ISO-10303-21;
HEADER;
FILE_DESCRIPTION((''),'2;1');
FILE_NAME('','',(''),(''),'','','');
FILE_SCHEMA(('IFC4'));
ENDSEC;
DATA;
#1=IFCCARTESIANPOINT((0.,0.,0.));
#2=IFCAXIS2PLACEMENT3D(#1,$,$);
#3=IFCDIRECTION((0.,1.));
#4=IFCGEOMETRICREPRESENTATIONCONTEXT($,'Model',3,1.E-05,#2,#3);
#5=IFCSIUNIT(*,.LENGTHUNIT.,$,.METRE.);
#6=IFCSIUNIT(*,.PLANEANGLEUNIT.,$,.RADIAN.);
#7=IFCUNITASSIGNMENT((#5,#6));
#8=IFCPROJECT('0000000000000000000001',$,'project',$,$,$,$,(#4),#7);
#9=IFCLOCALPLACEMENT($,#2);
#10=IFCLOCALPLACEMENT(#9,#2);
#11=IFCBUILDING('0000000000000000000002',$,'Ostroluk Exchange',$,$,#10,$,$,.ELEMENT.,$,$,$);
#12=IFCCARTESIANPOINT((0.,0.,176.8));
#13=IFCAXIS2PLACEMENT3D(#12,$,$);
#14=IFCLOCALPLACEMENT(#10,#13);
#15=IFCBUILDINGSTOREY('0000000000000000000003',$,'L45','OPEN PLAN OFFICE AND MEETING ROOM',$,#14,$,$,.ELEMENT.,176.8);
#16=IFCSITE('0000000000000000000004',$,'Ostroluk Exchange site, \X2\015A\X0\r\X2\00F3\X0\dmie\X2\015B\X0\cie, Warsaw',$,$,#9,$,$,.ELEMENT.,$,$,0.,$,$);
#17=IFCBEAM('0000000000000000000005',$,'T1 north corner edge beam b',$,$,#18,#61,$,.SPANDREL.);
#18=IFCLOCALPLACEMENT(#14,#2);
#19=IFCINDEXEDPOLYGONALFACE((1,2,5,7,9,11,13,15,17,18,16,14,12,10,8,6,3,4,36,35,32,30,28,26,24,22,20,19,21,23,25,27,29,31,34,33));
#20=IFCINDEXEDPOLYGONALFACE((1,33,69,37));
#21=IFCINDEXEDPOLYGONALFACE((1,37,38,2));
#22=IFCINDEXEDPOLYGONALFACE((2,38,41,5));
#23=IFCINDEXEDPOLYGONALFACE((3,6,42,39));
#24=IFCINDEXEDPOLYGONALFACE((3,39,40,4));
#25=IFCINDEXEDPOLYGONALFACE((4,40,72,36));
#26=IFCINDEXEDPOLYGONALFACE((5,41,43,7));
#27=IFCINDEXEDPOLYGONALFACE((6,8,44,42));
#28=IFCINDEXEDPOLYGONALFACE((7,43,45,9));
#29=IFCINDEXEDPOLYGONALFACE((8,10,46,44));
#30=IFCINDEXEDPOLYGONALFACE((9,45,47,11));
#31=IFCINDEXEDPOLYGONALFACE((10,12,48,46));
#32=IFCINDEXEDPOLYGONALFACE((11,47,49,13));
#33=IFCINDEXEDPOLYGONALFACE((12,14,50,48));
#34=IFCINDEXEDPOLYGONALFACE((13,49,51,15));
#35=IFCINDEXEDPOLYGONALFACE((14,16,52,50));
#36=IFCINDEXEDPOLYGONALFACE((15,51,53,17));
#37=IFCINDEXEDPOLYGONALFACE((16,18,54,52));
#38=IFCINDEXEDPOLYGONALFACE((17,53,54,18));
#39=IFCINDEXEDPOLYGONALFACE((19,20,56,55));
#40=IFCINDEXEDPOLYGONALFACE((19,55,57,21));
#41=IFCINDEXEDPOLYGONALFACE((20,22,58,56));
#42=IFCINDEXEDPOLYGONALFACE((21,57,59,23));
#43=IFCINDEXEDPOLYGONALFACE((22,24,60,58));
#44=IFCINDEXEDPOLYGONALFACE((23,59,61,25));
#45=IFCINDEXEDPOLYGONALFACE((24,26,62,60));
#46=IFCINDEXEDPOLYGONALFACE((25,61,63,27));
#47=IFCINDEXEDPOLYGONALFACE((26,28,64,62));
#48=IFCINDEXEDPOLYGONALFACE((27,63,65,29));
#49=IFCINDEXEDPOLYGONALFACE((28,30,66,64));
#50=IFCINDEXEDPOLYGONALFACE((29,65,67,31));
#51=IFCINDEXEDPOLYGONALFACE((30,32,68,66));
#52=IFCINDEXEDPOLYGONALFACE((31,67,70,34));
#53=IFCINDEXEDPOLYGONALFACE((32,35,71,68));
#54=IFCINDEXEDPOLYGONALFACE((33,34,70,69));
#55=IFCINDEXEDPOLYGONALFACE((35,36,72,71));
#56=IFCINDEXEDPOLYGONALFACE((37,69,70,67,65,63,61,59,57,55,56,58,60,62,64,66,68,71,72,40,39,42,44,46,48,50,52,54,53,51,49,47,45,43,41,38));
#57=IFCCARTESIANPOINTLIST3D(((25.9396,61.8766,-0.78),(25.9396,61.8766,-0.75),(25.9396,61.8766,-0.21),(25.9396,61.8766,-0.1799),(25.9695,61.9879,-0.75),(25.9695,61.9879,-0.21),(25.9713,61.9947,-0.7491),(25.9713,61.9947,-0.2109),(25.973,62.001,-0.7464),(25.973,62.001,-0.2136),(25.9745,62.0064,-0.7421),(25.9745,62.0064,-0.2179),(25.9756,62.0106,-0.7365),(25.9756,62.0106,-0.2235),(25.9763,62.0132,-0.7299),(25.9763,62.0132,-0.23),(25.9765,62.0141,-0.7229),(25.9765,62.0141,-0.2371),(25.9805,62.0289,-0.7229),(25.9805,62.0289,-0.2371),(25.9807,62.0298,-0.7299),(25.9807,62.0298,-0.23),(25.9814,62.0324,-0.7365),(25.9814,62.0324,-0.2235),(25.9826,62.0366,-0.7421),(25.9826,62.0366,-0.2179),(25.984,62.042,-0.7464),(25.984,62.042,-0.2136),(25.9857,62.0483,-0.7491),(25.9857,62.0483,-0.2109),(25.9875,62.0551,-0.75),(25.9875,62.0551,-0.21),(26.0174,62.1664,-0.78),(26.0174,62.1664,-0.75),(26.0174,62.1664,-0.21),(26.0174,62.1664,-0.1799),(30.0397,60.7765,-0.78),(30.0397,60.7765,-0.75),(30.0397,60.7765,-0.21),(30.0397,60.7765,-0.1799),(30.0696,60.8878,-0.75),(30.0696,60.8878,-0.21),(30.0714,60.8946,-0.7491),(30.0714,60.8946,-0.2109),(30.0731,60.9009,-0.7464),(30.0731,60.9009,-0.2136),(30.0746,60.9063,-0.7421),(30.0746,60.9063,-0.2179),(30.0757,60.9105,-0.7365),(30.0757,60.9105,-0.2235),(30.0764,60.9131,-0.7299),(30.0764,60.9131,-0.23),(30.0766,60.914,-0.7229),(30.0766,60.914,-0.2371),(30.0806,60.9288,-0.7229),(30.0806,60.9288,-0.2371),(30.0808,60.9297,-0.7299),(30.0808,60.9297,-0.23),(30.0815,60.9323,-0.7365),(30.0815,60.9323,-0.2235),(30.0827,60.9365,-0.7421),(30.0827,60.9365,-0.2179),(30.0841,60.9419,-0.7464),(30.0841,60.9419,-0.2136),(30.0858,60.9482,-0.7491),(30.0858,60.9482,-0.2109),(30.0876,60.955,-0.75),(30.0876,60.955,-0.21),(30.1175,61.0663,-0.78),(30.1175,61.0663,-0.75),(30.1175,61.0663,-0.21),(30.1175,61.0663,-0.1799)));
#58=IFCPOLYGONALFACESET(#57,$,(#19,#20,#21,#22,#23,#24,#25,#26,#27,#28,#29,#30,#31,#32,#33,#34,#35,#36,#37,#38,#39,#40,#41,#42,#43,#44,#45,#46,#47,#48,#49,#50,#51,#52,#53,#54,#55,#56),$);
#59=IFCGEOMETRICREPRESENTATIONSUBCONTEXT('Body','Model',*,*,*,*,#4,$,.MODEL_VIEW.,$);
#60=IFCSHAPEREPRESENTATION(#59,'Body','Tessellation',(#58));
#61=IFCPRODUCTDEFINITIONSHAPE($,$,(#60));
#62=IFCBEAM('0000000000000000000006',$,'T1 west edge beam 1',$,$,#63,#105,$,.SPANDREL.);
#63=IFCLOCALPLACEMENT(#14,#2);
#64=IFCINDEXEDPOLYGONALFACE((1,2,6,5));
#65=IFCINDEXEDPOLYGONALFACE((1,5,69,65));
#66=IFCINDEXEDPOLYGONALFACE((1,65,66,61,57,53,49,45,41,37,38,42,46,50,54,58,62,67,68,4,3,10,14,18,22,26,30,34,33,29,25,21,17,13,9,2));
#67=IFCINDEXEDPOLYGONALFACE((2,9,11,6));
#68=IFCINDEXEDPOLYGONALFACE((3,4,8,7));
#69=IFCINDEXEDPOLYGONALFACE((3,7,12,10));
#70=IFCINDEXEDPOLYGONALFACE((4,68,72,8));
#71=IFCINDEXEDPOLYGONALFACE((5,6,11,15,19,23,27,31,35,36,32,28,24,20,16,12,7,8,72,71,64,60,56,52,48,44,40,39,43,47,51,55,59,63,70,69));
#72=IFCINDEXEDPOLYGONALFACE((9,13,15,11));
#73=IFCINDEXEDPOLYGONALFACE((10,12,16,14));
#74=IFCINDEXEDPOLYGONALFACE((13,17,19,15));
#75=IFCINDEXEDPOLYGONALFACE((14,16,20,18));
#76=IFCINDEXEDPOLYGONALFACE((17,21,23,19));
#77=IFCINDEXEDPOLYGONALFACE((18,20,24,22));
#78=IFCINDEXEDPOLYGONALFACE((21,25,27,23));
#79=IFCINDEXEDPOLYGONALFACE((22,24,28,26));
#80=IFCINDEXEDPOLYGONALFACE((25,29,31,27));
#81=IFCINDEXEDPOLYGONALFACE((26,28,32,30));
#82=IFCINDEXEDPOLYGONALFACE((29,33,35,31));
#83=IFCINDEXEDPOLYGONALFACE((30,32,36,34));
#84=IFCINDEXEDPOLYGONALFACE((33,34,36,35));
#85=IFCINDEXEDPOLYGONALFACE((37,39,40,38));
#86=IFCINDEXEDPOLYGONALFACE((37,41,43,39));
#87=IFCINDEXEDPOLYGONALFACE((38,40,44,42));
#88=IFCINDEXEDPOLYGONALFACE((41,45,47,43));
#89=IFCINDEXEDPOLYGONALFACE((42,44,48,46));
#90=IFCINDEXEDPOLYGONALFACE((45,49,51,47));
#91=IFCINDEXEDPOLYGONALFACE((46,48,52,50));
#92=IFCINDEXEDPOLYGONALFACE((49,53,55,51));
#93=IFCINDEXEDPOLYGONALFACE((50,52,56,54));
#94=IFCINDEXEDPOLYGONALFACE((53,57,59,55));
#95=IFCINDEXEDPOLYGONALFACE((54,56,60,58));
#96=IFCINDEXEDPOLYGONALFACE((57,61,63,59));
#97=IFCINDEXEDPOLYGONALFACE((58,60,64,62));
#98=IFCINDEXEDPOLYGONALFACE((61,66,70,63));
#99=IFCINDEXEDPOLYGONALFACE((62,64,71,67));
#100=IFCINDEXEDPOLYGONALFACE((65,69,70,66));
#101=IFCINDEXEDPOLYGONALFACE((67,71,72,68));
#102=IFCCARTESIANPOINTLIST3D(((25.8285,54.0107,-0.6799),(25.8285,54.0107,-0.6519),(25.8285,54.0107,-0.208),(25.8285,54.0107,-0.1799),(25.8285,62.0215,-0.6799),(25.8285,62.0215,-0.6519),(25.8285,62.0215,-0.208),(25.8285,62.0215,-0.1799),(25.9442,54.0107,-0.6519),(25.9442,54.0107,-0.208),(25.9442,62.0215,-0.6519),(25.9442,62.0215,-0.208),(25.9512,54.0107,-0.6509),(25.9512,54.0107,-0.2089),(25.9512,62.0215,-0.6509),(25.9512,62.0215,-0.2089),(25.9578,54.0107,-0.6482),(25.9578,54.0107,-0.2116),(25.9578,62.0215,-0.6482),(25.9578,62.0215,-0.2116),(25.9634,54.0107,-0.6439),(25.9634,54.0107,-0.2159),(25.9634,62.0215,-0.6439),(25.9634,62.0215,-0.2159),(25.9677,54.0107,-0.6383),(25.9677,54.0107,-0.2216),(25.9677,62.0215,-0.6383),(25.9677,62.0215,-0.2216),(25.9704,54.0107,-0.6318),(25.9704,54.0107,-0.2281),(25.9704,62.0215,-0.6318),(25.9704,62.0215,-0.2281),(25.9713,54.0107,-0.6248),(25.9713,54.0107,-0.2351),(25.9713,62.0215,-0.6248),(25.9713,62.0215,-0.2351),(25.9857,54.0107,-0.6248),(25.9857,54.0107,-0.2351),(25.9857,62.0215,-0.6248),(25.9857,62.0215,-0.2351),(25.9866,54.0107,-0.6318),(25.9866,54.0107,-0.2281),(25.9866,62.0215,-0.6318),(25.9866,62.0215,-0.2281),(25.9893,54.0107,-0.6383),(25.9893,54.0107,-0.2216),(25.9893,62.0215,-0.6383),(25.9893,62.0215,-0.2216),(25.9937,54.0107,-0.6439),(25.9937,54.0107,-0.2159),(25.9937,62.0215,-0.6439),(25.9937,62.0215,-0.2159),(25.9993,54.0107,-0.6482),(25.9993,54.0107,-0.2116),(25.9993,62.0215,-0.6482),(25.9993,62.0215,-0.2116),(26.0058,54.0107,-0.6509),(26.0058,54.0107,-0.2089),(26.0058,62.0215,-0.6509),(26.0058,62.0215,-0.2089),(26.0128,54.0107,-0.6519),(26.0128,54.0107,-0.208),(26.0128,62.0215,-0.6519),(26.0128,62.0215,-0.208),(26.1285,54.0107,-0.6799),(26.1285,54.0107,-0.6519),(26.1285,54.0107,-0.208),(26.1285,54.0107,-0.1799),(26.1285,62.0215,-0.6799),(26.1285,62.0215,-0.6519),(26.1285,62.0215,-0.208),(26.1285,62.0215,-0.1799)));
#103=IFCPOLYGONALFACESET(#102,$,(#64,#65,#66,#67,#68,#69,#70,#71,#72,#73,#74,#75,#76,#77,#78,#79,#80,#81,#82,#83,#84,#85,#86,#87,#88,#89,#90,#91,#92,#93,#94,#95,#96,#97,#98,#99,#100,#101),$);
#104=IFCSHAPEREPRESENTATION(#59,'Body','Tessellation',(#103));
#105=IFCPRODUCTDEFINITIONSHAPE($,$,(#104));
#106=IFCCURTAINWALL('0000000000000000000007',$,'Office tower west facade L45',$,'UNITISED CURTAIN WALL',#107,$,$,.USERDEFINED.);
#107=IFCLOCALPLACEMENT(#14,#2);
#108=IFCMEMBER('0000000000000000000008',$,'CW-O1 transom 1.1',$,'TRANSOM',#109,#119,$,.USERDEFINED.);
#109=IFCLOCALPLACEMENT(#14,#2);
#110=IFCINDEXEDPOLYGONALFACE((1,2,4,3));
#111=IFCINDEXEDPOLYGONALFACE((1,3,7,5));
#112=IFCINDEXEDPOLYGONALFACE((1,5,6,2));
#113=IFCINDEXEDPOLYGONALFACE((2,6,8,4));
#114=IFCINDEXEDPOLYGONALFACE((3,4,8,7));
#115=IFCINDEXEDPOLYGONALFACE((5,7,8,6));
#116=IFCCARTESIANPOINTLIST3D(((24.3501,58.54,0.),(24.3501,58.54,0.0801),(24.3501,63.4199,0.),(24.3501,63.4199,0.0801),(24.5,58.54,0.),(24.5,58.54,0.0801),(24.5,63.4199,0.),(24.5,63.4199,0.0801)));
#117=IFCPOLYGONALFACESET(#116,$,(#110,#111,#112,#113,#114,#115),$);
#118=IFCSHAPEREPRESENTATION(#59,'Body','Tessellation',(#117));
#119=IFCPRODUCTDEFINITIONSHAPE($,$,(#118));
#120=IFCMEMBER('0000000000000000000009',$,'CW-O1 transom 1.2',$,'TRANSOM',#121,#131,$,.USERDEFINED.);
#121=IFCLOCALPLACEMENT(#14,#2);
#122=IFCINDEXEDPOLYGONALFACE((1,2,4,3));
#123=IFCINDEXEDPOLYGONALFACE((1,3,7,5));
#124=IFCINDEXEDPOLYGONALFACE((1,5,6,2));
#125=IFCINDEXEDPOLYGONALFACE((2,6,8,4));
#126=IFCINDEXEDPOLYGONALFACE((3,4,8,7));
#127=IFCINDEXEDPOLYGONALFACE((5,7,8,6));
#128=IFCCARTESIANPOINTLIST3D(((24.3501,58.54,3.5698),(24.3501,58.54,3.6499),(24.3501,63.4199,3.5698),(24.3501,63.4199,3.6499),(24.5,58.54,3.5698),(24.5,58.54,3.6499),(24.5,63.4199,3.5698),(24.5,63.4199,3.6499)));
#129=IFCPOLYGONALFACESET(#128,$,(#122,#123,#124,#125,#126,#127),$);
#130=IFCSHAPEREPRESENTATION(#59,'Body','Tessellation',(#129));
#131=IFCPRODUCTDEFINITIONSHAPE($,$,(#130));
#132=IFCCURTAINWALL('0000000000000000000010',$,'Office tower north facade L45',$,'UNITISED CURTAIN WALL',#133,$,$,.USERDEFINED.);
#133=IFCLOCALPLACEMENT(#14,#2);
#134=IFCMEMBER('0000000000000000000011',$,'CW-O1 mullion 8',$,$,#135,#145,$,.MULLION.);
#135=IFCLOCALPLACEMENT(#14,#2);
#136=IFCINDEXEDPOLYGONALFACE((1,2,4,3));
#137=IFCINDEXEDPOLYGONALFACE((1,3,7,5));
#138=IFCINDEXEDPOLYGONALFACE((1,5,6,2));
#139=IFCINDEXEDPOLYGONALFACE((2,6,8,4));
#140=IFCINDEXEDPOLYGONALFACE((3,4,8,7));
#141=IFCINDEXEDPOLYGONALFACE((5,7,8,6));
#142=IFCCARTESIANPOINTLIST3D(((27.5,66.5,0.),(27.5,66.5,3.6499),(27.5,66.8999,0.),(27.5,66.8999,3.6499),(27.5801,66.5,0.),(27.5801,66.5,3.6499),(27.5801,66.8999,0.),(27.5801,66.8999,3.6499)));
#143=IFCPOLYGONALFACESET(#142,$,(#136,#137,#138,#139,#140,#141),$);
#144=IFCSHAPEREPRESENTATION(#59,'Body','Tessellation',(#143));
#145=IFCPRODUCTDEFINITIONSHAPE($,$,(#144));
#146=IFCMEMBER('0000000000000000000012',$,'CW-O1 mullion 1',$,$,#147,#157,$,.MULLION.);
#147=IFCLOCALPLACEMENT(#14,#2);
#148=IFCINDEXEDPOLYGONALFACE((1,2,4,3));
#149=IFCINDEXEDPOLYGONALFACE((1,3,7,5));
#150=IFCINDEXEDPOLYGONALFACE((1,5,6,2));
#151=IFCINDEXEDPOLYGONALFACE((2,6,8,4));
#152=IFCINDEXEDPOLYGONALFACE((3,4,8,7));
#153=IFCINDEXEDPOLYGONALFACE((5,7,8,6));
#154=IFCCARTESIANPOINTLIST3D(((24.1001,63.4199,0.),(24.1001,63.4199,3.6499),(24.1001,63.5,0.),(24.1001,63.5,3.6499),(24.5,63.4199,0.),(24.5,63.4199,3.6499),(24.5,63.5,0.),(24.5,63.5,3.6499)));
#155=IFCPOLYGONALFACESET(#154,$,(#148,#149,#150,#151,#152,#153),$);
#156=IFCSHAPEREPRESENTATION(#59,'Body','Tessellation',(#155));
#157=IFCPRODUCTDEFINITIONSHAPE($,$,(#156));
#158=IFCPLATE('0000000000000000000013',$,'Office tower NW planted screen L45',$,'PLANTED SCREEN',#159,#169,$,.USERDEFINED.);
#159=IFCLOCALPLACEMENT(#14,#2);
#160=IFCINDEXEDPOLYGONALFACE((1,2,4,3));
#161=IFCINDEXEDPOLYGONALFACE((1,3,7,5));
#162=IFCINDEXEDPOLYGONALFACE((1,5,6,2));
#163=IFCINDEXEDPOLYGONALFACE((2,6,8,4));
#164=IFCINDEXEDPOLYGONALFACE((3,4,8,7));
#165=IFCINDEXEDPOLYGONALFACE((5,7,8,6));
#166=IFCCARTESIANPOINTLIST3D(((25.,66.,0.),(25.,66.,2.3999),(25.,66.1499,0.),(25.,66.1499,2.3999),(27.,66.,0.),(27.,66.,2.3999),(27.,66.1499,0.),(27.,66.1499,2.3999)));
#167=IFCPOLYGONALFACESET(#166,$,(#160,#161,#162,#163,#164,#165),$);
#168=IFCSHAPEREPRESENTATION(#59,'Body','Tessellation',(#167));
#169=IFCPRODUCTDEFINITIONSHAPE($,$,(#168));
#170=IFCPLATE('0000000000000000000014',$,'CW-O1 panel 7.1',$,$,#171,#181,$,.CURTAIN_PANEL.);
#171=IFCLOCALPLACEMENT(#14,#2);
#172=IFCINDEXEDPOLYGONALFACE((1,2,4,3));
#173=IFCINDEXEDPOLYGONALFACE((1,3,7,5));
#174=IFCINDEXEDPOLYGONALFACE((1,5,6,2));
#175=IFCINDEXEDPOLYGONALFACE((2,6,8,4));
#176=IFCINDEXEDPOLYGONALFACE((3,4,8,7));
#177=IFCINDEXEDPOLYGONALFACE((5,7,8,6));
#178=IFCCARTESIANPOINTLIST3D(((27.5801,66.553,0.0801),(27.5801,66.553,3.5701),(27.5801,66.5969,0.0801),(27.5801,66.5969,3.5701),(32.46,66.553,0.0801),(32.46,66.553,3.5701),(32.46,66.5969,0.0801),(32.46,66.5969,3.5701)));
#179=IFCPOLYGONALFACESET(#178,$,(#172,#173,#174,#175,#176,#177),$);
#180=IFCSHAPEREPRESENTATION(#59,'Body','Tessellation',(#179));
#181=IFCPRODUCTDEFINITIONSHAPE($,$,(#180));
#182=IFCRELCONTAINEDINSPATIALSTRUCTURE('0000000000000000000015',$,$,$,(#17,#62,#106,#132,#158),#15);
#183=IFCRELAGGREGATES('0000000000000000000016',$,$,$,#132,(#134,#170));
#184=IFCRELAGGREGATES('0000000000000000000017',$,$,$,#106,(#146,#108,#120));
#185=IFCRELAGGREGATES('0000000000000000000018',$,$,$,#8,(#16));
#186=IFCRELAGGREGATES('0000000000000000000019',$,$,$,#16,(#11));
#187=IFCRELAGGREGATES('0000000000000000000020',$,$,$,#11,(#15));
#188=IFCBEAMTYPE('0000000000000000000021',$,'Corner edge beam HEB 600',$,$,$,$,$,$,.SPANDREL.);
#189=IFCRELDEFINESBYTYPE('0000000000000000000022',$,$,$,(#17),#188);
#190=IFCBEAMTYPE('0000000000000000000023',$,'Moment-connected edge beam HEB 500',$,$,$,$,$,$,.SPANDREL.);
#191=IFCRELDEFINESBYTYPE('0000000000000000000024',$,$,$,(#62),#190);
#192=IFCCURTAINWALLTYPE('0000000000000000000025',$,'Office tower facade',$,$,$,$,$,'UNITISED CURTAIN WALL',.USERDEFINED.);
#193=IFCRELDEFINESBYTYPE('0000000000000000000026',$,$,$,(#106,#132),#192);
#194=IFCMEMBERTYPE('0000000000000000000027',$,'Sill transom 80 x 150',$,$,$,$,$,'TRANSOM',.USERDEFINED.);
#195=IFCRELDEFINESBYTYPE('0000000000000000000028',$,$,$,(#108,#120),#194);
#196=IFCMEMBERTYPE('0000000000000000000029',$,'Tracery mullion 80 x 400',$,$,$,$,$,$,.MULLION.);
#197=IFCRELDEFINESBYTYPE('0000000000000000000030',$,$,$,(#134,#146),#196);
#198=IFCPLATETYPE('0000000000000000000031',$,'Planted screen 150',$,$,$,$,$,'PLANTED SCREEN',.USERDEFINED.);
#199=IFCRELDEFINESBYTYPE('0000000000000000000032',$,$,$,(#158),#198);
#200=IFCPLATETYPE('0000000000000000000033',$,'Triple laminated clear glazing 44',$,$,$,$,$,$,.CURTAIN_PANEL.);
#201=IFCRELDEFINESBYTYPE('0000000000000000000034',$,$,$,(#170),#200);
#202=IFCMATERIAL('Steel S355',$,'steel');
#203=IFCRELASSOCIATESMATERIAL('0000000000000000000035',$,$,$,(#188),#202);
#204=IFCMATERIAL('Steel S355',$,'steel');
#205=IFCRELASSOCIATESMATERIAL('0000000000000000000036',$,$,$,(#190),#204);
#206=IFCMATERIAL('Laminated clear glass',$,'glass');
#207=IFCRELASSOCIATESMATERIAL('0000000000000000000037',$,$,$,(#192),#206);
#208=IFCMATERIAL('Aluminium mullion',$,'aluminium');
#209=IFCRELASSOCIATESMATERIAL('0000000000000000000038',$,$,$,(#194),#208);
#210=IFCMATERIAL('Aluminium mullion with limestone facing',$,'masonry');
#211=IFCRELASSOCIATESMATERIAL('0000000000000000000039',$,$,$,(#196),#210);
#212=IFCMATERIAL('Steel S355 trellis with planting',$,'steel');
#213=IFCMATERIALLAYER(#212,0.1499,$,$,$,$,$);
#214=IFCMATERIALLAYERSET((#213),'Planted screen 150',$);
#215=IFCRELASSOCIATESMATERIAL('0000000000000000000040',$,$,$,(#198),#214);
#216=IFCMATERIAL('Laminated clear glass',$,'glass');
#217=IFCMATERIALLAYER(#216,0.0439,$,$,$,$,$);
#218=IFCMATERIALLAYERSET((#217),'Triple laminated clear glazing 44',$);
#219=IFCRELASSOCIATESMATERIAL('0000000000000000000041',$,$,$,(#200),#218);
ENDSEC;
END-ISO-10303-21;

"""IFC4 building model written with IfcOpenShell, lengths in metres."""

from ifc_helpers import new_model, si_unit, direction, frame, origin, origin_2d, place, context, subcontext, project, spatial, rectangle, i_section, extrude, material, layer, layer_set, material_profile, profile_set, type_object, element, aggregate, save


model = new_model("IFC4")

# Units and contexts
model_context = context("Model", 3, precision=1e-05, world=origin(), true_north=direction((0.0, 1.0)))
body_context = subcontext(model_context, "Body", "Model", "MODEL_VIEW")
ifc_project = project(units=[si_unit("LENGTHUNIT", "METRE"), si_unit("PLANEANGLEUNIT", "RADIAN")], contexts=[model_context])

# Site, building, storey
site_placement = place(None, origin())
site = spatial("IfcSite", under=ifc_project, at=site_placement, Name="Ostroluk Exchange site, Śródmieście, Warsaw", CompositionType="ELEMENT", RefElevation=0.0)
building_placement = place(site_placement, origin())
building = spatial("IfcBuilding", under=site, at=building_placement, Name="Ostroluk Exchange", CompositionType="ELEMENT")
storey_placement = place(building_placement, frame((0.0, 0.0, 176.8)))
storey = spatial("IfcBuildingStorey", under=building, at=storey_placement, Name="L45", Description="OPEN PLAN OFFICE AND MEETING ROOM", CompositionType="ELEMENT", Elevation=176.8)

# Beams
ifc_material_1 = material(Name="Steel S355", Category="steel")
ifc_material_profile_1 = material_profile(ifc_material_1, i_section(OverallWidth=0.3, OverallDepth=0.6001, WebThickness=0.0154, FlangeThickness=0.03, FilletRadius=0.0271, at=origin_2d()), Name="HEB 600")
ifc_profile_set_1 = profile_set([ifc_material_profile_1], Name="Steel S355")
beam_type_1 = type_object("IfcBeamType", Name="Corner edge beam HEB 600", PredefinedType="SPANDREL", material=ifc_profile_set_1)
for number, where, z_axis, x_axis, name in (
    (1, (30.0786, 60.9214, -0.48), (-0.965839, 0.259144, 0.0), (-0.259144, -0.965839, 0.0), "T1 north corner edge beam b"),
):
    element("IfcBeam", number, at=place(storey_placement, frame(where, z_axis=z_axis, x_axis=x_axis)), inside=storey, type_object=beam_type_1, Name=name, PredefinedType="SPANDREL", context=body_context, shape_type="SweptSolid", body=[
        extrude(i_section(OverallWidth=0.3, OverallDepth=0.6001, WebThickness=0.0154, FlangeThickness=0.03, FilletRadius=0.0271, at=origin_2d()), origin(), (0.0, 0.0, 1.0), 4.2451),
    ])
ifc_material_2 = material(Name="Steel S355", Category="steel")
ifc_material_profile_2 = material_profile(ifc_material_2, i_section(OverallWidth=0.3, OverallDepth=0.5, WebThickness=0.0144, FlangeThickness=0.0281, FilletRadius=0.0271, at=origin_2d()), Name="HEB 500")
ifc_profile_set_2 = profile_set([ifc_material_profile_2], Name="Steel S355")
beam_type_2 = type_object("IfcBeamType", Name="Moment-connected edge beam HEB 500", PredefinedType="SPANDREL", material=ifc_profile_set_2)
beam_1_placement = place(storey_placement, frame((25.9785, 62.0215, -0.4299), z_axis=(0.0, -1.0, 0.0), x_axis=(1.0, 0.0, 0.0)))
element("IfcBeam", 2, at=beam_1_placement, inside=storey, type_object=beam_type_2, Name="T1 west edge beam 1", PredefinedType="SPANDREL", context=body_context, shape_type="SweptSolid", body=[
    extrude(i_section(OverallWidth=0.3, OverallDepth=0.5, WebThickness=0.0144, FlangeThickness=0.0281, FilletRadius=0.0271, at=origin_2d()), origin(), (0.0, 0.0, 1.0), 8.0107),
])

# Curtain wall, members
ifc_material_3 = material(Name="Laminated clear glass", Category="glass")
curtain_wall_type = type_object("IfcCurtainWallType", Name="Office tower facade", ElementType="UNITISED CURTAIN WALL", PredefinedType="USERDEFINED", material=ifc_material_3)
curtain_wall_1_placement = place(storey_placement, origin())
curtain_wall_1 = element("IfcCurtainWall", 3, at=curtain_wall_1_placement, inside=storey, type_object=curtain_wall_type, Name="Office tower west facade L45", ObjectType="UNITISED CURTAIN WALL", PredefinedType="USERDEFINED")
ifc_material_4 = material(Name="Aluminium mullion", Category="aluminium")
ifc_material_profile_3 = material_profile(ifc_material_4, rectangle(XDim=0.1499, YDim=0.0801, at=origin_2d()), Name="Sill transom 80 x 150")
ifc_profile_set_3 = profile_set([ifc_material_profile_3], Name="Aluminium mullion")
member_type_1 = type_object("IfcMemberType", Name="Sill transom 80 x 150", ElementType="TRANSOM", PredefinedType="USERDEFINED", material=ifc_profile_set_3)
member_1_placement = place(storey_placement, frame((24.425, 63.4199, 0.04), z_axis=(0.0, -1.0, 0.0), x_axis=(1.0, 0.0, 0.0)))
member_1 = element("IfcMember", 4, at=member_1_placement, type_object=member_type_1, Name="CW-O1 transom 1.1", ObjectType="TRANSOM", PredefinedType="USERDEFINED", context=body_context, shape_type="SweptSolid", body=[
    extrude(rectangle(XDim=0.1499, YDim=0.0801, at=origin_2d()), origin(), (0.0, 0.0, 1.0), 4.8799),
])
member_2_placement = place(storey_placement, frame((24.425, 63.4199, 3.6099), z_axis=(0.0, -1.0, 0.0), x_axis=(1.0, 0.0, 0.0)))
member_2 = element("IfcMember", 5, at=member_2_placement, type_object=member_type_1, Name="CW-O1 transom 1.2", ObjectType="TRANSOM", PredefinedType="USERDEFINED", context=body_context, shape_type="SweptSolid", body=[
    extrude(rectangle(XDim=0.1499, YDim=0.0801, at=origin_2d()), origin(), (0.0, 0.0, 1.0), 4.8799),
])

# Curtain wall, member
curtain_wall_2_placement = place(storey_placement, origin())
curtain_wall_2 = element("IfcCurtainWall", 6, at=curtain_wall_2_placement, inside=storey, type_object=curtain_wall_type, Name="Office tower north facade L45", ObjectType="UNITISED CURTAIN WALL", PredefinedType="USERDEFINED")
ifc_material_5 = material(Name="Aluminium mullion with limestone facing", Category="masonry")
ifc_material_profile_4 = material_profile(ifc_material_5, rectangle(XDim=0.3999, YDim=0.0801, at=origin_2d()), Name="Tracery mullion 80 x 400")
ifc_profile_set_4 = profile_set([ifc_material_profile_4], Name="Aluminium mullion with limestone facing")
member_type_2 = type_object("IfcMemberType", Name="Tracery mullion 80 x 400", PredefinedType="MULLION", material=ifc_profile_set_4)
member_3_placement = place(storey_placement, frame((27.54, 66.7, 0.0), z_axis=(0.0, 0.0, 1.0), x_axis=(0.0, -1.0, 0.0)))
member_3 = element("IfcMember", 7, at=member_3_placement, type_object=member_type_2, Name="CW-O1 mullion 8", PredefinedType="MULLION", context=body_context, shape_type="SweptSolid", body=[
    extrude(rectangle(XDim=0.3999, YDim=0.0801, at=origin_2d()), origin(), (0.0, 0.0, 1.0), 3.6499),
])

# Member
member_4_placement = place(storey_placement, frame((24.3, 63.46, 0.0), z_axis=(0.0, 0.0, 1.0), x_axis=(1.0, 0.0, 0.0)))
member_4 = element("IfcMember", 8, at=member_4_placement, type_object=member_type_2, Name="CW-O1 mullion 1", PredefinedType="MULLION", context=body_context, shape_type="SweptSolid", body=[
    extrude(rectangle(XDim=0.3999, YDim=0.0801, at=origin_2d()), origin(), (0.0, 0.0, 1.0), 3.6499),
])

# Plates
ifc_material_6 = material(Name="Steel S355 trellis with planting", Category="steel")
ifc_layer_1 = layer(ifc_material_6, 0.1499)
ifc_layer_set_1 = layer_set([ifc_layer_1], Name="Planted screen 150")
plate_type_1 = type_object("IfcPlateType", Name="Planted screen 150", ElementType="PLANTED SCREEN", PredefinedType="USERDEFINED", material=ifc_layer_set_1)
plate_1_placement = place(storey_placement, frame((26.0, 66.075, 0.0), z_axis=(0.0, 0.0, 1.0), x_axis=(1.0, 0.0, 0.0)))
element("IfcPlate", 9, at=plate_1_placement, inside=storey, type_object=plate_type_1, Name="Office tower NW planted screen L45", ObjectType="PLANTED SCREEN", PredefinedType="USERDEFINED", context=body_context, shape_type="SweptSolid", body=[
    extrude(rectangle(XDim=2.0, YDim=0.1499, at=origin_2d()), origin(), (0.0, 0.0, 1.0), 2.3999),
])
ifc_material_7 = material(Name="Laminated clear glass", Category="glass")
ifc_layer_2 = layer(ifc_material_7, 0.0439)
ifc_layer_set_2 = layer_set([ifc_layer_2], Name="Triple laminated clear glazing 44")
plate_type_2 = type_object("IfcPlateType", Name="Triple laminated clear glazing 44", PredefinedType="CURTAIN_PANEL", material=ifc_layer_set_2)
plate_2_placement = place(storey_placement, frame((30.02, 66.575, 0.0801), z_axis=(0.0, 0.0, 1.0), x_axis=(-1.0, 0.0, 0.0)))
plate_2 = element("IfcPlate", 10, at=plate_2_placement, type_object=plate_type_2, Name="CW-O1 panel 7.1", PredefinedType="CURTAIN_PANEL", context=body_context, shape_type="SweptSolid", body=[
    extrude(rectangle(XDim=4.8799, YDim=0.0439, at=origin_2d()), origin(), (0.0, 0.0, 1.0), 3.49),
])
aggregate(curtain_wall_2, [member_3, plate_2])
aggregate(curtain_wall_1, [member_4, member_1, member_2])

save(model, "model.ifc")
